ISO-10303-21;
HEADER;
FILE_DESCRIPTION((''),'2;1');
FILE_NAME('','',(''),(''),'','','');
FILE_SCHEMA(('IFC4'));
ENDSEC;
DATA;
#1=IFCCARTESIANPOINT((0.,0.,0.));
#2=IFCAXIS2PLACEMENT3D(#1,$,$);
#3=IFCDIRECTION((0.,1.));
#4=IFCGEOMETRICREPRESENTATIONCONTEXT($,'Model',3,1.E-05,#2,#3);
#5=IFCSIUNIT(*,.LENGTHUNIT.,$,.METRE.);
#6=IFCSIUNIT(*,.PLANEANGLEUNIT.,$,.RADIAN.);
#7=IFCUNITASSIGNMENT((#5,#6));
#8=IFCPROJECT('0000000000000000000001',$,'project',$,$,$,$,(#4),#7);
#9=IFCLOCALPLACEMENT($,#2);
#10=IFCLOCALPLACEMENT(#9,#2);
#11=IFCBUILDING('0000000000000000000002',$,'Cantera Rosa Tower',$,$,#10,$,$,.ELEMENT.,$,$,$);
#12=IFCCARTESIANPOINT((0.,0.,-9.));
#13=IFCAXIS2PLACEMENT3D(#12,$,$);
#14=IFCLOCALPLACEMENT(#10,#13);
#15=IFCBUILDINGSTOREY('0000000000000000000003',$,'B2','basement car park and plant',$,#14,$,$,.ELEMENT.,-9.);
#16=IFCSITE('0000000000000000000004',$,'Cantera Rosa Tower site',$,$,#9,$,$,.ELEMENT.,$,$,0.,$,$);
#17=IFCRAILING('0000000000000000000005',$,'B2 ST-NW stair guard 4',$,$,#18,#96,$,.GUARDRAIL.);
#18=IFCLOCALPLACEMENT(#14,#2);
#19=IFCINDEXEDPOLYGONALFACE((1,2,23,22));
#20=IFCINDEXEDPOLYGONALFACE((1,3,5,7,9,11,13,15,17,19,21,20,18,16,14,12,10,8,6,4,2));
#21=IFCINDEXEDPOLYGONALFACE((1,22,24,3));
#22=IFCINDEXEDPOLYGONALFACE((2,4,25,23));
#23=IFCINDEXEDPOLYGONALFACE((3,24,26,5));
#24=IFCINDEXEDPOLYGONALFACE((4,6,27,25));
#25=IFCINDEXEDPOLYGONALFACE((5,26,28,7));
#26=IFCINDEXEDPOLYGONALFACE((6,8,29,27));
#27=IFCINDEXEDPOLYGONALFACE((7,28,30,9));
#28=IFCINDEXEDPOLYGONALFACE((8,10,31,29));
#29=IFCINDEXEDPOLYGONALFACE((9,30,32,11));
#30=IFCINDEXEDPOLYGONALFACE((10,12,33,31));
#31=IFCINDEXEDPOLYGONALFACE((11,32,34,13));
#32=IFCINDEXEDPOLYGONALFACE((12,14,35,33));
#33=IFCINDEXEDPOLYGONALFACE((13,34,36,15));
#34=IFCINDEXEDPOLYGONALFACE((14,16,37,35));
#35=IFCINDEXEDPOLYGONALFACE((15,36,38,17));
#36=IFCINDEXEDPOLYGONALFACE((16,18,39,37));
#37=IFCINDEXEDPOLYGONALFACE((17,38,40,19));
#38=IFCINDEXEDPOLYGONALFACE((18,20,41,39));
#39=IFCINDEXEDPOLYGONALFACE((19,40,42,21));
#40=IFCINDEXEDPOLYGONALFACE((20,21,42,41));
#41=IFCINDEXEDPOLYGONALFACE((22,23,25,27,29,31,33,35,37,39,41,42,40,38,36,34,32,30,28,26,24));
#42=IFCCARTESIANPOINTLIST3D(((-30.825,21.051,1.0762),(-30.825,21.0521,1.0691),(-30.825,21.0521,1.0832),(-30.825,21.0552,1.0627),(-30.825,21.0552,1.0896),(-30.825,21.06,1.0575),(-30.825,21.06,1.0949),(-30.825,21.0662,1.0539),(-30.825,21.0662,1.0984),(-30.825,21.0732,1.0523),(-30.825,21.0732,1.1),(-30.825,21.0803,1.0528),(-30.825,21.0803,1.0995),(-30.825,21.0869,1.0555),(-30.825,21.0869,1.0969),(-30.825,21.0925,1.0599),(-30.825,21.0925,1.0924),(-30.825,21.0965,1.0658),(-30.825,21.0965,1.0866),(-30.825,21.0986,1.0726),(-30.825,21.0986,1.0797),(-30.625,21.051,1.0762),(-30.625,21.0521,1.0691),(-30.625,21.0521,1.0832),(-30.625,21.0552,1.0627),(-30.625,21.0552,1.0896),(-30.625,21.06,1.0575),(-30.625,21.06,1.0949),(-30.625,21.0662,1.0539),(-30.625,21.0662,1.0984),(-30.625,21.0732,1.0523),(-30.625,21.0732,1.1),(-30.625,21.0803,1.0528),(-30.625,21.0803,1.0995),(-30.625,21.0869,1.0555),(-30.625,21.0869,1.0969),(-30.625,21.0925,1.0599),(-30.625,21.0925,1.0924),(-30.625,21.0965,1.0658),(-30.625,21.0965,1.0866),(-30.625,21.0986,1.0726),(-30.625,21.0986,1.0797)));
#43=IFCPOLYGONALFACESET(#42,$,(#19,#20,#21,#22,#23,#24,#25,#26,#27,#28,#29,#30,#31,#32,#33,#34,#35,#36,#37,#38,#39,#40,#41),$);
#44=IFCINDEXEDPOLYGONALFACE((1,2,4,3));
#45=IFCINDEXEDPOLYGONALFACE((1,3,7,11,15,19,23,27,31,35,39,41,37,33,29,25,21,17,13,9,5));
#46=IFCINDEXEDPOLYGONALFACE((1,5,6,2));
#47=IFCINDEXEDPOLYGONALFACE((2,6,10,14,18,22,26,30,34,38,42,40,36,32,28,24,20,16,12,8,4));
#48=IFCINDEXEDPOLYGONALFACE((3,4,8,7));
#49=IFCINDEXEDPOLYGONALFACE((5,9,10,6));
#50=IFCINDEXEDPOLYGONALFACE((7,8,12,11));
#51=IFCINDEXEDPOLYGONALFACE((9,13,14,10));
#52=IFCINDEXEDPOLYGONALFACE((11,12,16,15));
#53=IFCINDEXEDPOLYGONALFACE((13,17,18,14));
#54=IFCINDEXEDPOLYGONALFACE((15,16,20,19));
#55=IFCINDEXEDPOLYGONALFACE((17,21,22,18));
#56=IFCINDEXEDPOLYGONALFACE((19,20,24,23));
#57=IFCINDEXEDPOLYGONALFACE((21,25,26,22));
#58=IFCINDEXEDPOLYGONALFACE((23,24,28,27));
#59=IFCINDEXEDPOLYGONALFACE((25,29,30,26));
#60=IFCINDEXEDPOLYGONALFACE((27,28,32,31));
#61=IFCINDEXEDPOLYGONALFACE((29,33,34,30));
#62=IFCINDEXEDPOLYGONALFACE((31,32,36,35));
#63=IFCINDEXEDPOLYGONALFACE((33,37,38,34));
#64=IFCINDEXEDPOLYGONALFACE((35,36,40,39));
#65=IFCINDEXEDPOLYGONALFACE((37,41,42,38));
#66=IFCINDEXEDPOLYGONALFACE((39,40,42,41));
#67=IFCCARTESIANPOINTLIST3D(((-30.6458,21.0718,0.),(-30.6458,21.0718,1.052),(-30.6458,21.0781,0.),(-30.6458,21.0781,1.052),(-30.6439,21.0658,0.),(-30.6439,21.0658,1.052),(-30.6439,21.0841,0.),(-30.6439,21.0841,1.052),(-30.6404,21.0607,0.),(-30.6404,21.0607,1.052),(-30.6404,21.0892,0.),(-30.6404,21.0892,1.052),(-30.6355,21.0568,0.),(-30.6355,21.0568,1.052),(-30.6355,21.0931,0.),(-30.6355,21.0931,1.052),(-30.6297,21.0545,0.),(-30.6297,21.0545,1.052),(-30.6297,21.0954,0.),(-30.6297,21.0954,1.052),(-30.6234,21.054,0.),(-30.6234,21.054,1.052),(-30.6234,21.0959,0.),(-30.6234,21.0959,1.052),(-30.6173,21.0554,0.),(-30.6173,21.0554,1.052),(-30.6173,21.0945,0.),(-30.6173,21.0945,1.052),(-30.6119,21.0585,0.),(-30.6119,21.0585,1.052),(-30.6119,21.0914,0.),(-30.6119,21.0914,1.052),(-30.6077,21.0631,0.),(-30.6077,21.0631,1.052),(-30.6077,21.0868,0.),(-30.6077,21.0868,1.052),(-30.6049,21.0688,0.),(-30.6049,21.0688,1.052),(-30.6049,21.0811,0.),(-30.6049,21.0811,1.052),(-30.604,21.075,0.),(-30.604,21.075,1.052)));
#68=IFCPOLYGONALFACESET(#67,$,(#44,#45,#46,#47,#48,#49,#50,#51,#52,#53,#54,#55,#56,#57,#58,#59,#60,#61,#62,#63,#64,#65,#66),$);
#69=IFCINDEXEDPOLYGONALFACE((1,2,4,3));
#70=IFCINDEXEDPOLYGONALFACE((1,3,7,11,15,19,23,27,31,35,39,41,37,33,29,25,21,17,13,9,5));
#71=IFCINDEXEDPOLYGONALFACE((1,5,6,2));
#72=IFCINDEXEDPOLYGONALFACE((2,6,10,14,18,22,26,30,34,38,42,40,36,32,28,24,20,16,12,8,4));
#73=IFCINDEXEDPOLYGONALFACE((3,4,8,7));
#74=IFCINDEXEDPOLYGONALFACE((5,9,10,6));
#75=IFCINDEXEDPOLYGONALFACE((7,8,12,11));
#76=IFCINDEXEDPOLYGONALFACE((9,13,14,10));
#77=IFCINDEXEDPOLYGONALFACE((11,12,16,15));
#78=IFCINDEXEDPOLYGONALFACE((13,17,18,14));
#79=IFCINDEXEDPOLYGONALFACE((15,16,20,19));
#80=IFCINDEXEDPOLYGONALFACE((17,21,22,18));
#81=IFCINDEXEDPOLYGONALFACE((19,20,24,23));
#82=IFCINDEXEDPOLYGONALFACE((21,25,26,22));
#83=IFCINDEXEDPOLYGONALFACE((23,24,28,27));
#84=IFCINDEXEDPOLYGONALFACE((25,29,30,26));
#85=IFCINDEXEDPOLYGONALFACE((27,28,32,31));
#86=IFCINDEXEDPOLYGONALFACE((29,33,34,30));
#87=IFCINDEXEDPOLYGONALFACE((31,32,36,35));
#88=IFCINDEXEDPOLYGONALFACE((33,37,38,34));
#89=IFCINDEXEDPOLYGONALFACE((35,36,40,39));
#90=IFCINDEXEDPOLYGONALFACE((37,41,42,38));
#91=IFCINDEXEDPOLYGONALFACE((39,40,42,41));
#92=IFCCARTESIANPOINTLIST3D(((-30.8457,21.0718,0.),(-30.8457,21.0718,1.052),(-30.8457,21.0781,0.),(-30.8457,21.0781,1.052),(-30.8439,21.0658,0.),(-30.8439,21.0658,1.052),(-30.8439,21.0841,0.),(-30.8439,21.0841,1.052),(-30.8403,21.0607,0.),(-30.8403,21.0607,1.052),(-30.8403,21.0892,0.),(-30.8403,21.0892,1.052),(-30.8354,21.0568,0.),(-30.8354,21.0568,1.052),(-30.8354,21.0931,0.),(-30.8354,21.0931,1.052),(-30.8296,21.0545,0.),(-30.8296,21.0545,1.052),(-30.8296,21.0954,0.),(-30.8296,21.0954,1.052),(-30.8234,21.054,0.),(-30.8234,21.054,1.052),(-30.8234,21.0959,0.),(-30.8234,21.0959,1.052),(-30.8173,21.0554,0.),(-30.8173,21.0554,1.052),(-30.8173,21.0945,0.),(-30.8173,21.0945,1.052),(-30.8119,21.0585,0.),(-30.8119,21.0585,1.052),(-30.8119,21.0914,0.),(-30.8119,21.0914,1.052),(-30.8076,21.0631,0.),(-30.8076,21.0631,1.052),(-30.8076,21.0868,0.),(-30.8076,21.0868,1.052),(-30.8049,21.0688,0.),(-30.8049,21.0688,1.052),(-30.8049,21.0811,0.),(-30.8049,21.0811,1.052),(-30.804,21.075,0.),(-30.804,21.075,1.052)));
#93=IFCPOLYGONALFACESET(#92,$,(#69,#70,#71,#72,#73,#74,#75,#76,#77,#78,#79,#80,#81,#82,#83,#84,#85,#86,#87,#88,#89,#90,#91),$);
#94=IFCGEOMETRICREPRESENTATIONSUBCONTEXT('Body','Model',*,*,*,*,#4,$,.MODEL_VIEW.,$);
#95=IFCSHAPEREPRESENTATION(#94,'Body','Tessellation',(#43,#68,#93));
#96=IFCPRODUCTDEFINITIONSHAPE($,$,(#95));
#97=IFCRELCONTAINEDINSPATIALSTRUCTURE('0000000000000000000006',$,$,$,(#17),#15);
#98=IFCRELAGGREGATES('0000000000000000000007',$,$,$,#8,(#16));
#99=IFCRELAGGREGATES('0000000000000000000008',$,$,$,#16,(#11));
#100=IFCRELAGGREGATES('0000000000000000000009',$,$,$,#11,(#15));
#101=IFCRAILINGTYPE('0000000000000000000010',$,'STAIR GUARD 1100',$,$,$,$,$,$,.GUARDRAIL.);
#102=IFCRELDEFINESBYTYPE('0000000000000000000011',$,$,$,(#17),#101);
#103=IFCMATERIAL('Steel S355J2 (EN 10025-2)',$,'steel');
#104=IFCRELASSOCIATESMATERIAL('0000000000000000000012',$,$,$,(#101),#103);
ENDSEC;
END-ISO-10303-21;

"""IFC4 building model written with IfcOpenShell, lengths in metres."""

from ifc_helpers import new_model, si_unit, direction, frame, origin, origin_2d, place, context, subcontext, project, spatial, circle, extrude, material, type_object, element, save


model = new_model("IFC4")

# Units and contexts
model_context = context("Model", 3, precision=1e-05, world=origin(), true_north=direction((0.0, 1.0)))
body_context = subcontext(model_context, "Body", "Model", "MODEL_VIEW")
ifc_project = project(units=[si_unit("LENGTHUNIT", "METRE"), si_unit("PLANEANGLEUNIT", "RADIAN")], contexts=[model_context])

# Site, building, storey
site_placement = place(None, origin())
site = spatial("IfcSite", under=ifc_project, at=site_placement, Name="Cantera Rosa Tower site", CompositionType="ELEMENT", RefElevation=0.0)
building_placement = place(site_placement, origin())
building = spatial("IfcBuilding", under=site, at=building_placement, Name="Cantera Rosa Tower", CompositionType="ELEMENT")
storey_placement = place(building_placement, frame((0.0, 0.0, -9.0)))
storey = spatial("IfcBuildingStorey", under=building, at=storey_placement, Name="B2", Description="basement car park and plant", CompositionType="ELEMENT", Elevation=-9.0)

# Railing
ifc_material_1 = material(Name="Steel S355J2 (EN 10025-2)", Category="steel")
railing_type_1 = type_object("IfcRailingType", Name="STAIR GUARD 1100", PredefinedType="GUARDRAIL", material=ifc_material_1)
railing_1_placement = place(storey_placement, frame((-30.625, 21.075, 0.0)))
element("IfcRailing", 1, at=railing_1_placement, inside=storey, type_object=railing_type_1, Name="B2 ST-NW stair guard 4", PredefinedType="GUARDRAIL", context=body_context, shape_type="SweptSolid", body=[
    extrude(circle(Radius=0.0239, at=origin_2d()), frame((0.0, 0.0, 1.0762), z_axis=(-1.0, 0.0, 0.0), x_axis=(0.0, -1.0, 0.0)), (0.0, 0.0, 1.0), 0.2),
    extrude(circle(Radius=0.021, at=origin_2d()), origin(), (0.0, 0.0, 1.0), 1.052),
    extrude(circle(Radius=0.021, at=origin_2d()), frame((-0.2, 0.0, 0.0)), (0.0, 0.0, 1.0), 1.052),
])

save(model, "model.ifc")
